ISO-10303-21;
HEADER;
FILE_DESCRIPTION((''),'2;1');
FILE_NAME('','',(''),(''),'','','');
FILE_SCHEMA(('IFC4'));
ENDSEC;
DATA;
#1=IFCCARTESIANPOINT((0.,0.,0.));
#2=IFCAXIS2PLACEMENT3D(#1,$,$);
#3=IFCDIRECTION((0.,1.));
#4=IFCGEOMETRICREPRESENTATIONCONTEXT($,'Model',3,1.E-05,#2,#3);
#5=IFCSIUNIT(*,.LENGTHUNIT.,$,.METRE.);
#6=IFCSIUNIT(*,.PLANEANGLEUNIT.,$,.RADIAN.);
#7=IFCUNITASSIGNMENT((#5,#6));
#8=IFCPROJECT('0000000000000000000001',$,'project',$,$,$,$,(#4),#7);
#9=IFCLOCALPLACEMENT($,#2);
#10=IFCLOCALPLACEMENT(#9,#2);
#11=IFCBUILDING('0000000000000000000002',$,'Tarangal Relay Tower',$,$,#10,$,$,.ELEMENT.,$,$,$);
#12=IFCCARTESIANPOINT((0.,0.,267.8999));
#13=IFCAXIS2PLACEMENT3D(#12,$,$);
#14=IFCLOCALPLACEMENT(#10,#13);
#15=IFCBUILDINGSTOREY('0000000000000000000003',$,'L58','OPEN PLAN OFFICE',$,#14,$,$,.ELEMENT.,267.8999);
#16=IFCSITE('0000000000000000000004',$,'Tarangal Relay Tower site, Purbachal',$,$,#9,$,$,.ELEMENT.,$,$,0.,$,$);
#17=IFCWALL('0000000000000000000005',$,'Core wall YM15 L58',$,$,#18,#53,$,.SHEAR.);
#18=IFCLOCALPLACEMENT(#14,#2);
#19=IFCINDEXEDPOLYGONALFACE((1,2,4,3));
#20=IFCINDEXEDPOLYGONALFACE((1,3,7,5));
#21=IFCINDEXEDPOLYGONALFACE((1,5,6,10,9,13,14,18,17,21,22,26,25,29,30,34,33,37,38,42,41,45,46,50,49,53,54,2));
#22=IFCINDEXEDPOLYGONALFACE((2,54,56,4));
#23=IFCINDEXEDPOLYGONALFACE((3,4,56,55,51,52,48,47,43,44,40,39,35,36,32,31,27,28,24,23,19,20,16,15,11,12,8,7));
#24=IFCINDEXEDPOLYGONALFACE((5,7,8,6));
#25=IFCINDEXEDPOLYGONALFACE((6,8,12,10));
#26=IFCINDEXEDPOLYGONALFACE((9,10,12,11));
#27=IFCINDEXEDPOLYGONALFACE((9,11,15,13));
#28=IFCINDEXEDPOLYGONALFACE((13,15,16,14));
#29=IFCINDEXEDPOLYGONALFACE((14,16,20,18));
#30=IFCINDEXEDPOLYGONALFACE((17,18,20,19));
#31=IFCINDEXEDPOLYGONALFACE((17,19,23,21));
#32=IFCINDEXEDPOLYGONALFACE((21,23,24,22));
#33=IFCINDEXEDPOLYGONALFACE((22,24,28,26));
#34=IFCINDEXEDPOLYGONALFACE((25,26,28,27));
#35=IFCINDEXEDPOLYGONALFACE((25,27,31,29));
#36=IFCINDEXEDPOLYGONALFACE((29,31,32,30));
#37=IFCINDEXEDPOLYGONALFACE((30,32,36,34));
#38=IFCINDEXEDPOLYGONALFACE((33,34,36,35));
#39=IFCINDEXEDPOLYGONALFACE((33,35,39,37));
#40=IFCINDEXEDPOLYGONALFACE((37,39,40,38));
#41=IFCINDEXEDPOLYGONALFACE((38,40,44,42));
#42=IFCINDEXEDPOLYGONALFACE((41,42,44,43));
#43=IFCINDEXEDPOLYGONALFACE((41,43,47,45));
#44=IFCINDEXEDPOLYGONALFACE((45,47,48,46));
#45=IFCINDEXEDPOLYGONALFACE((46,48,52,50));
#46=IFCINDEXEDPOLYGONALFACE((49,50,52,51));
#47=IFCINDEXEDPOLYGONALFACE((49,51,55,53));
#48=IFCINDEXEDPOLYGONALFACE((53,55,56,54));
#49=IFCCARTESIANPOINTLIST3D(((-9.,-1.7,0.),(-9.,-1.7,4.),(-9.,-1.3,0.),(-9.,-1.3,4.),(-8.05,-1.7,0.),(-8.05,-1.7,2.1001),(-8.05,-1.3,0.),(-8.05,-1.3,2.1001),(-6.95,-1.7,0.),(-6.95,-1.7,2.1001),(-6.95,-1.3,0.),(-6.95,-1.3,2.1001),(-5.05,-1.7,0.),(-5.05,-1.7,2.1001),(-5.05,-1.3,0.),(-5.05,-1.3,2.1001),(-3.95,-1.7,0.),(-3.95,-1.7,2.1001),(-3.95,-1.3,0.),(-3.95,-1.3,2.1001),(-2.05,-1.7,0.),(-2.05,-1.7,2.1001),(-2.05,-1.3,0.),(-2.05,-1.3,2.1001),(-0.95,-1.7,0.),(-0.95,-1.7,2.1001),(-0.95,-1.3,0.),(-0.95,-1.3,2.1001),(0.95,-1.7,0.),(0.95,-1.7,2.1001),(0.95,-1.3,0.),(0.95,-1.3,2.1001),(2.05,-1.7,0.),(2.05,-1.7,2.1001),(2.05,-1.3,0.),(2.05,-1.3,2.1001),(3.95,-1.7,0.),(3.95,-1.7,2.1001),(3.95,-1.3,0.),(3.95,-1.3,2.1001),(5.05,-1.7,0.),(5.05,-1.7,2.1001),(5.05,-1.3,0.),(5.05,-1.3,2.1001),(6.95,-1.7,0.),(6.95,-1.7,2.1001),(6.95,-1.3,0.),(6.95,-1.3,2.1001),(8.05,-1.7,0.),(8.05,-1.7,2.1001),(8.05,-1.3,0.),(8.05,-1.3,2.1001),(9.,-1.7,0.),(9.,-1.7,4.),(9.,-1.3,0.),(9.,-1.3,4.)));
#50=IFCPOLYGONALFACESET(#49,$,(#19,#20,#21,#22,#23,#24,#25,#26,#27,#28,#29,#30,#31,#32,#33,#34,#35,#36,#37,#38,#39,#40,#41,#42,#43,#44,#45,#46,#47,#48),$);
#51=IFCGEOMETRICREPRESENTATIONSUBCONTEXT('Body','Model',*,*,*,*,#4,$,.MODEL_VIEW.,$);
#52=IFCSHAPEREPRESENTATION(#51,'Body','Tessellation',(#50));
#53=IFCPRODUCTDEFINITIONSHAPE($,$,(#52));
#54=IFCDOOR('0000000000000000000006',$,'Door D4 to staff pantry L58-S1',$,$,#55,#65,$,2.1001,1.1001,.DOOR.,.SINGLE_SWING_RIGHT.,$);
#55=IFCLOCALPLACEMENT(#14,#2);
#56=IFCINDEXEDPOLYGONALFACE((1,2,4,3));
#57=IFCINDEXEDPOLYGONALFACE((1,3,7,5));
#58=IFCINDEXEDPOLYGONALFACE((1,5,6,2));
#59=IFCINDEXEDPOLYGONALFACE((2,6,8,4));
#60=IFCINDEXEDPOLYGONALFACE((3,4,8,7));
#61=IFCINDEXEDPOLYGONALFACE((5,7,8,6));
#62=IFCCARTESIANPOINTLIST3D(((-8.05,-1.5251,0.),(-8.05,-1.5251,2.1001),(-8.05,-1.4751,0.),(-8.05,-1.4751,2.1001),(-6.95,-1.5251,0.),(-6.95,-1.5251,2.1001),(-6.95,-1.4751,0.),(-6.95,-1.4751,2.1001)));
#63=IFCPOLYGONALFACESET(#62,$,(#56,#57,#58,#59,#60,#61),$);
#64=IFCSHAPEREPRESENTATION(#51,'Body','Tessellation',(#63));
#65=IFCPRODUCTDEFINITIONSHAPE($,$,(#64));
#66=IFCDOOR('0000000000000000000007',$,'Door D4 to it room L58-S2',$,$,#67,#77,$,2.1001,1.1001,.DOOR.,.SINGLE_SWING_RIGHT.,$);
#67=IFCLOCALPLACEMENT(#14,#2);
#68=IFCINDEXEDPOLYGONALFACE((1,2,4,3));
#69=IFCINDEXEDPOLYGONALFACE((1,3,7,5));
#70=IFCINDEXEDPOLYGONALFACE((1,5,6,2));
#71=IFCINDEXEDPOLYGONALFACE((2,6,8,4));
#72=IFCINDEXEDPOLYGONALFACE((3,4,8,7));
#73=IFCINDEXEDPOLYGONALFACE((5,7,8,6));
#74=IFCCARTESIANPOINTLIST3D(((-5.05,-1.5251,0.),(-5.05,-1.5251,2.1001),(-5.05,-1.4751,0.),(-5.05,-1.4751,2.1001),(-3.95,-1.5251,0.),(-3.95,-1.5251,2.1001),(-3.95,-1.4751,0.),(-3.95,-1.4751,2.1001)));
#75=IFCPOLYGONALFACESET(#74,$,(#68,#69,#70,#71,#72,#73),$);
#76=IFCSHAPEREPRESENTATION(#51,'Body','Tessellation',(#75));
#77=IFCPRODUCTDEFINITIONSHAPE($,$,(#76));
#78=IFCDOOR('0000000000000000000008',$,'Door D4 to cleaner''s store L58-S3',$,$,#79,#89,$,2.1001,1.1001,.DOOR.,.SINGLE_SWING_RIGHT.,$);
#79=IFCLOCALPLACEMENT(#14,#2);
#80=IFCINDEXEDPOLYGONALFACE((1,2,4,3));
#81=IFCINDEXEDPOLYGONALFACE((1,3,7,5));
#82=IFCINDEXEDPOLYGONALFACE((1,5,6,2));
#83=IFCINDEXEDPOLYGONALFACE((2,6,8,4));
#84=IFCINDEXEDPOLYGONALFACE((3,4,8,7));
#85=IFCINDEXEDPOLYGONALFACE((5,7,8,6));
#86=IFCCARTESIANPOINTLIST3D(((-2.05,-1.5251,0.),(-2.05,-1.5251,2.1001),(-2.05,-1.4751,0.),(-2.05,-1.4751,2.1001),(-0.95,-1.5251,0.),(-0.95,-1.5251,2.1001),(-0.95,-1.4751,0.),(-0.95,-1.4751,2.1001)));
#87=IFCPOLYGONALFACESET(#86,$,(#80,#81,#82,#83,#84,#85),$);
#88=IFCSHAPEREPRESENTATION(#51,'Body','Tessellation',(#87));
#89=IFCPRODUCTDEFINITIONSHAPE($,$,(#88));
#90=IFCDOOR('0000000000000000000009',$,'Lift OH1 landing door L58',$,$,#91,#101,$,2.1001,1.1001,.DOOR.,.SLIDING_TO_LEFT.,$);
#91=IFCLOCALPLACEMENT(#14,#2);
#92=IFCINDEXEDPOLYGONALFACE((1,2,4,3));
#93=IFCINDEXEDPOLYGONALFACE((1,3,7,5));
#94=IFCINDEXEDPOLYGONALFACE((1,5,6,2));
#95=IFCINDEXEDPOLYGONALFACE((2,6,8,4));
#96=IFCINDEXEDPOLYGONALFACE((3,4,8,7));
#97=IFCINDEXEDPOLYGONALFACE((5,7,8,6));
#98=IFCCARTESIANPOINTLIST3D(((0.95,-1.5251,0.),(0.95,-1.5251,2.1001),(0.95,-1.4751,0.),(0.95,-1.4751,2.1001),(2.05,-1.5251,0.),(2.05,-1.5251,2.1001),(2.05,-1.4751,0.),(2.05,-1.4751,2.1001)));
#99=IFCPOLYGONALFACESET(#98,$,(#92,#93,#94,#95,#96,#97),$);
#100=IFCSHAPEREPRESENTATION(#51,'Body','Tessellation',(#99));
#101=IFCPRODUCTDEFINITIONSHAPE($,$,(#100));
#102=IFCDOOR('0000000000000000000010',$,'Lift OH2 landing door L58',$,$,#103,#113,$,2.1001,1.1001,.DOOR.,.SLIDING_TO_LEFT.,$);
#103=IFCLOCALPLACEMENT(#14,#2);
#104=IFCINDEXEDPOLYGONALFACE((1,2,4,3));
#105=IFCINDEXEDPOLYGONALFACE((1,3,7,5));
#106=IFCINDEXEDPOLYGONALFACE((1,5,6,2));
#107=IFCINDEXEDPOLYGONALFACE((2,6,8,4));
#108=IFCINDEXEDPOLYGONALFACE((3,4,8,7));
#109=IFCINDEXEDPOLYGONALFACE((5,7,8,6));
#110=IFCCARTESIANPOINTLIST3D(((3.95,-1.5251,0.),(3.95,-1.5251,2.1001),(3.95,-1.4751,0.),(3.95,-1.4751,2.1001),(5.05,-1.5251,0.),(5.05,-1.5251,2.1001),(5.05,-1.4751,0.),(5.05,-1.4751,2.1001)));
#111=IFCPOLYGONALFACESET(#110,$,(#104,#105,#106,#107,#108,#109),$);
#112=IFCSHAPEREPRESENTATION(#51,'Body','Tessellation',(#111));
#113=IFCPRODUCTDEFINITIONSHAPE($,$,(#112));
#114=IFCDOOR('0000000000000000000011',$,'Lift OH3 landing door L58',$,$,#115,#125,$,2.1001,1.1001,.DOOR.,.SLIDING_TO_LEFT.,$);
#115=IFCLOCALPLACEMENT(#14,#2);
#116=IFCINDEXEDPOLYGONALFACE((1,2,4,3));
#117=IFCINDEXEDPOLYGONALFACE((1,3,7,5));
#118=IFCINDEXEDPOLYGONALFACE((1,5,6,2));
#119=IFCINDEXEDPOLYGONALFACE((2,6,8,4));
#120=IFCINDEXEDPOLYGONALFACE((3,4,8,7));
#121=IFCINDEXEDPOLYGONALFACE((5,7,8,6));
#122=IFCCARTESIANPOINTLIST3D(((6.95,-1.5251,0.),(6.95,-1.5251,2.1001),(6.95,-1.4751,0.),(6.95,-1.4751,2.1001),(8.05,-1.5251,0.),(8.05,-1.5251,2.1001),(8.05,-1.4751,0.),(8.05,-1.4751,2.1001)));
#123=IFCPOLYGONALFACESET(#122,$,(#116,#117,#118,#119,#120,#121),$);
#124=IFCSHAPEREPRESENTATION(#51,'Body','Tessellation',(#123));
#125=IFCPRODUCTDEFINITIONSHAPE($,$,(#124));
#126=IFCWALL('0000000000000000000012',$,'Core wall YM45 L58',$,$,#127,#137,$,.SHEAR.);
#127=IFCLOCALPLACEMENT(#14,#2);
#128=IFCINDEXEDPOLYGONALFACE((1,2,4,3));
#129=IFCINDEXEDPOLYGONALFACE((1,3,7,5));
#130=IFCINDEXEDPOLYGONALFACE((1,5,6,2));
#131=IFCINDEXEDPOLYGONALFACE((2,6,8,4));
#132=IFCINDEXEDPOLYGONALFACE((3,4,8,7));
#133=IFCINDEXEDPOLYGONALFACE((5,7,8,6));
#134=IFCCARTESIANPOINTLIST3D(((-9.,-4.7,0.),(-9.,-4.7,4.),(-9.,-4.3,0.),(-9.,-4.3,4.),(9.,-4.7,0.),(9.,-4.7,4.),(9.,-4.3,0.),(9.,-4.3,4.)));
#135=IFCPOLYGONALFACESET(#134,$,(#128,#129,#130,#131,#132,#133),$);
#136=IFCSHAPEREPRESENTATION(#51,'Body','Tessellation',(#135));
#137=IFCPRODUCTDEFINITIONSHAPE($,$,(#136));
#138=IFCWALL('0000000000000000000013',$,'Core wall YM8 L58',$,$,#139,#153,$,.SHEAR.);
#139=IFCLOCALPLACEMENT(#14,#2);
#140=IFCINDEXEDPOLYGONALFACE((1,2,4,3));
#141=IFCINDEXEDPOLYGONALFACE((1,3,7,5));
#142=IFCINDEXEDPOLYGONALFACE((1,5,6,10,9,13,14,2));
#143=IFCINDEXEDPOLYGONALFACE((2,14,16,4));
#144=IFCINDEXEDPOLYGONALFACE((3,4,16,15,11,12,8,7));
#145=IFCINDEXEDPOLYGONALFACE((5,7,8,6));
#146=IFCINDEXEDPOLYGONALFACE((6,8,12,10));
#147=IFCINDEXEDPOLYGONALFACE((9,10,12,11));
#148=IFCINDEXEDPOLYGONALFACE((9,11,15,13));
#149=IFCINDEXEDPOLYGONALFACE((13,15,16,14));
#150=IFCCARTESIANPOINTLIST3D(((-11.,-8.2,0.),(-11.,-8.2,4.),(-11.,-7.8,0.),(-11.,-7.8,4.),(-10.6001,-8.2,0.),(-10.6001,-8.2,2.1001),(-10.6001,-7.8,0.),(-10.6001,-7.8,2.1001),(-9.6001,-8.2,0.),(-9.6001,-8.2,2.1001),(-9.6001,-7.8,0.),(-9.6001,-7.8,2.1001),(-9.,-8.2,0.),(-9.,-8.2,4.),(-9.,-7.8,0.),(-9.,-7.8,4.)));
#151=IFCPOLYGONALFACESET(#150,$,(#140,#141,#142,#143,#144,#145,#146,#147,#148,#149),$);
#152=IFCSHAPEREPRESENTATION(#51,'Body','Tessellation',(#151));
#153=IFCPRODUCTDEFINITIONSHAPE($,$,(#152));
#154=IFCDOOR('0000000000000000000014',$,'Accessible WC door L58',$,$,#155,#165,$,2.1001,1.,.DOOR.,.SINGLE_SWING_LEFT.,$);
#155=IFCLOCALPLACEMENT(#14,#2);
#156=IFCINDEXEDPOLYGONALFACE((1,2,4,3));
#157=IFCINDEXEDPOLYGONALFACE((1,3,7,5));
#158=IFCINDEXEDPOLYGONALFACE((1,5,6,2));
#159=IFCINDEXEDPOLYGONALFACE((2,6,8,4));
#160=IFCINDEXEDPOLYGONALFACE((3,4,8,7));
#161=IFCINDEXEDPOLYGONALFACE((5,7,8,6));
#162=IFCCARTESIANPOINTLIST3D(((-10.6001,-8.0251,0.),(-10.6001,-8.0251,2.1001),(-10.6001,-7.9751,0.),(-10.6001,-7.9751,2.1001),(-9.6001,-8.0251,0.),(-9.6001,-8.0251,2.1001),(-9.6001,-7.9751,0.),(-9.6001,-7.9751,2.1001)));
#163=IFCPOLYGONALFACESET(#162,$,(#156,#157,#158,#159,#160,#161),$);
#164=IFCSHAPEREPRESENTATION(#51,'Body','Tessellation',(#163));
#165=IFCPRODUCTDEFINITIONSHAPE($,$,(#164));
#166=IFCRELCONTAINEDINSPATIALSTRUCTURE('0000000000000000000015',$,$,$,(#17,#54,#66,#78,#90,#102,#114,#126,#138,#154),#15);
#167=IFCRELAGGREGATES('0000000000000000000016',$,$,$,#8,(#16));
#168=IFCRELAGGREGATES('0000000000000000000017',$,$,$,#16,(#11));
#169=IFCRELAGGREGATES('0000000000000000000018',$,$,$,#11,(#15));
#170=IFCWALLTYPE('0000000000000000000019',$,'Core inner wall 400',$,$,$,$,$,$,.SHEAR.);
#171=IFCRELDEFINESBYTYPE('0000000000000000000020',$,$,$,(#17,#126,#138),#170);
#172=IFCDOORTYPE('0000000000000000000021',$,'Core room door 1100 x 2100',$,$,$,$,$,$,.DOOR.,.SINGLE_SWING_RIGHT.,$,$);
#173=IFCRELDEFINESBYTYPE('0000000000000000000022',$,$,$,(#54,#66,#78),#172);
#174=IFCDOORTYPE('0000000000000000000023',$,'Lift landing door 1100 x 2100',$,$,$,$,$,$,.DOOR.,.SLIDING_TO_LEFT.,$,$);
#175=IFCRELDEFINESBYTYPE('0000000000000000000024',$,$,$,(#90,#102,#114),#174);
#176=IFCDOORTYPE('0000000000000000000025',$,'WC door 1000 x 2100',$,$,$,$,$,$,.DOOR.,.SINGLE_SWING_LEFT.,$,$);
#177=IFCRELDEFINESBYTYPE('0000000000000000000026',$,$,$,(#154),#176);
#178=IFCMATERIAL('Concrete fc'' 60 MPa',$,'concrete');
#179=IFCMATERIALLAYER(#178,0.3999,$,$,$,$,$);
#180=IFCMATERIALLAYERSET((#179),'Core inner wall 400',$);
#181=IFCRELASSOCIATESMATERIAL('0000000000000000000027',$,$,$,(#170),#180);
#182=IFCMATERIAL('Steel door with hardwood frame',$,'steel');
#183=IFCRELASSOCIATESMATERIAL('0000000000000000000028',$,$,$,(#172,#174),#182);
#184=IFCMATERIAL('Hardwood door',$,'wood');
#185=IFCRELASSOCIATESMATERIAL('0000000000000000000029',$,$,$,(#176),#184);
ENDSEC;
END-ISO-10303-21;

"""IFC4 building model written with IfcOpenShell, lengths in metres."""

from ifc_helpers import new_model, si_unit, direction, frame, frame_2d, origin, place, context, subcontext, project, spatial, rectangle, extrude, material, layer, layer_set, type_object, element, fill, save


model = new_model("IFC4")

# Units and contexts
model_context = context("Model", 3, precision=1e-05, world=origin(), true_north=direction((0.0, 1.0)))
body_context = subcontext(model_context, "Body", "Model", "MODEL_VIEW")
ifc_project = project(units=[si_unit("LENGTHUNIT", "METRE"), si_unit("PLANEANGLEUNIT", "RADIAN")], contexts=[model_context])

# Site, building, storey
site_placement = place(None, origin())
site = spatial("IfcSite", under=ifc_project, at=site_placement, Name="Tarangal Relay Tower site, Purbachal", CompositionType="ELEMENT", RefElevation=0.0)
building_placement = place(site_placement, origin())
building = spatial("IfcBuilding", under=site, at=building_placement, Name="Tarangal Relay Tower", CompositionType="ELEMENT")
storey_placement = place(building_placement, frame((0.0, 0.0, 267.8999)))
storey = spatial("IfcBuildingStorey", under=building, at=storey_placement, Name="L58", Description="OPEN PLAN OFFICE", CompositionType="ELEMENT", Elevation=267.8999)

# Wall, openings, doors
ifc_material_1 = material(Name="Concrete fc' 60 MPa", Category="concrete")
ifc_layer_1 = layer(ifc_material_1, 0.3999)
ifc_layer_set_1 = layer_set([ifc_layer_1], Name="Core inner wall 400")
wall_type_1 = type_object("IfcWallType", Name="Core inner wall 400", PredefinedType="SHEAR", material=ifc_layer_set_1)
wall_1_placement = place(storey_placement, frame((-9.0, -1.5, 0.0), z_axis=(0.0, 0.0, 1.0), x_axis=(1.0, 0.0, 0.0)))
wall_1 = element("IfcWall", 1, at=wall_1_placement, inside=storey, type_object=wall_type_1, Name="Core wall YM15 L58", PredefinedType="SHEAR", context=body_context, shape_type="SweptSolid", body=[
    extrude(rectangle(XDim=18.0, YDim=0.3999, at=frame_2d((9.0, 0.0))), origin(), (0.0, 0.0, 1.0), 4.0),
])
opening_1_placement = place(wall_1_placement, frame((9.95, 0.0, 0.0)))
opening_1 = element("IfcOpeningElement", 2, at=opening_1_placement, cuts=wall_1, PredefinedType="OPENING", context=body_context, shape_type="SweptSolid", body=[
    extrude(rectangle(XDim=1.1001, YDim=2.1001, at=frame_2d((0.55, 1.05))), frame((0.0, 0.21, 0.0), z_axis=(0.0, -1.0, 0.0), x_axis=(1.0, 0.0, 0.0)), (0.0, 0.0, 1.0), 0.4199),
])
opening_2_placement = place(wall_1_placement, frame((12.95, 0.0, 0.0)))
opening_2 = element("IfcOpeningElement", 3, at=opening_2_placement, cuts=wall_1, PredefinedType="OPENING", context=body_context, shape_type="SweptSolid", body=[
    extrude(rectangle(XDim=1.1001, YDim=2.1001, at=frame_2d((0.55, 1.05))), frame((0.0, 0.21, 0.0), z_axis=(0.0, -1.0, 0.0), x_axis=(1.0, 0.0, 0.0)), (0.0, 0.0, 1.0), 0.4199),
])
opening_3_placement = place(wall_1_placement, frame((15.95, 0.0, 0.0)))
opening_3 = element("IfcOpeningElement", 4, at=opening_3_placement, cuts=wall_1, PredefinedType="OPENING", context=body_context, shape_type="SweptSolid", body=[
    extrude(rectangle(XDim=1.1001, YDim=2.1001, at=frame_2d((0.55, 1.05))), frame((0.0, 0.21, 0.0), z_axis=(0.0, -1.0, 0.0), x_axis=(1.0, 0.0, 0.0)), (0.0, 0.0, 1.0), 0.4199),
])
opening_4_placement = place(wall_1_placement, frame((0.95, 0.0, 0.0)))
opening_4 = element("IfcOpeningElement", 5, at=opening_4_placement, cuts=wall_1, PredefinedType="OPENING", context=body_context, shape_type="SweptSolid", body=[
    extrude(rectangle(XDim=1.1001, YDim=2.1001, at=frame_2d((0.55, 1.05))), frame((0.0, 0.21, 0.0), z_axis=(0.0, -1.0, 0.0), x_axis=(1.0, 0.0, 0.0)), (0.0, 0.0, 1.0), 0.4199),
])
opening_5_placement = place(wall_1_placement, frame((3.95, 0.0, 0.0)))
opening_5 = element("IfcOpeningElement", 6, at=opening_5_placement, cuts=wall_1, PredefinedType="OPENING", context=body_context, shape_type="SweptSolid", body=[
    extrude(rectangle(XDim=1.1001, YDim=2.1001, at=frame_2d((0.55, 1.05))), frame((0.0, 0.21, 0.0), z_axis=(0.0, -1.0, 0.0), x_axis=(1.0, 0.0, 0.0)), (0.0, 0.0, 1.0), 0.4199),
])
opening_6_placement = place(wall_1_placement, frame((6.95, 0.0, 0.0)))
opening_6 = element("IfcOpeningElement", 7, at=opening_6_placement, cuts=wall_1, PredefinedType="OPENING", context=body_context, shape_type="SweptSolid", body=[
    extrude(rectangle(XDim=1.1001, YDim=2.1001, at=frame_2d((0.55, 1.05))), frame((0.0, 0.21, 0.0), z_axis=(0.0, -1.0, 0.0), x_axis=(1.0, 0.0, 0.0)), (0.0, 0.0, 1.0), 0.4199),
])
ifc_material_2 = material(Name="Steel door with hardwood frame", Category="steel")
door_type_1 = type_object("IfcDoorType", Name="Core room door 1100 x 2100", OperationType="SINGLE_SWING_RIGHT", PredefinedType="DOOR", material=ifc_material_2)
door_1_placement = place(opening_4_placement, origin())
door_1 = element("IfcDoor", 8, at=door_1_placement, inside=storey, type_object=door_type_1, Name="Door D4 to staff pantry L58-S1", OperationType="SINGLE_SWING_RIGHT", OverallHeight=2.1001, OverallWidth=1.1001, PredefinedType="DOOR", context=body_context, shape_type="SweptSolid", body=[
    extrude(rectangle(XDim=1.1001, YDim=2.1001, at=frame_2d((0.55, 1.05))), frame((0.0, 0.0249, 0.0), z_axis=(0.0, -1.0, 0.0), x_axis=(1.0, 0.0, 0.0)), (0.0, 0.0, 1.0), 0.05),
])
fill(opening_4, door_1)
door_2_placement = place(opening_5_placement, origin())
door_2 = element("IfcDoor", 9, at=door_2_placement, inside=storey, type_object=door_type_1, Name="Door D4 to it room L58-S2", OperationType="SINGLE_SWING_RIGHT", OverallHeight=2.1001, OverallWidth=1.1001, PredefinedType="DOOR", context=body_context, shape_type="SweptSolid", body=[
    extrude(rectangle(XDim=1.1001, YDim=2.1001, at=frame_2d((0.55, 1.05))), frame((0.0, 0.0249, 0.0), z_axis=(0.0, -1.0, 0.0), x_axis=(1.0, 0.0, 0.0)), (0.0, 0.0, 1.0), 0.05),
])
fill(opening_5, door_2)
door_3_placement = place(opening_6_placement, origin())
door_3 = element("IfcDoor", 10, at=door_3_placement, inside=storey, type_object=door_type_1, Name="Door D4 to cleaner's store L58-S3", OperationType="SINGLE_SWING_RIGHT", OverallHeight=2.1001, OverallWidth=1.1001, PredefinedType="DOOR", context=body_context, shape_type="SweptSolid", body=[
    extrude(rectangle(XDim=1.1001, YDim=2.1001, at=frame_2d((0.55, 1.05))), frame((0.0, 0.0249, 0.0), z_axis=(0.0, -1.0, 0.0), x_axis=(1.0, 0.0, 0.0)), (0.0, 0.0, 1.0), 0.05),
])
fill(opening_6, door_3)
door_type_2 = type_object("IfcDoorType", Name="Lift landing door 1100 x 2100", OperationType="SLIDING_TO_LEFT", PredefinedType="DOOR", material=ifc_material_2)
door_4_placement = place(opening_1_placement, origin())
door_4 = element("IfcDoor", 11, at=door_4_placement, inside=storey, type_object=door_type_2, Name="Lift OH1 landing door L58", OperationType="SLIDING_TO_LEFT", OverallHeight=2.1001, OverallWidth=1.1001, PredefinedType="DOOR", context=body_context, shape_type="SweptSolid", body=[
    extrude(rectangle(XDim=1.1001, YDim=2.1001, at=frame_2d((0.55, 1.05))), frame((0.0, 0.0249, 0.0), z_axis=(0.0, -1.0, 0.0), x_axis=(1.0, 0.0, 0.0)), (0.0, 0.0, 1.0), 0.05),
])
fill(opening_1, door_4)
door_5_placement = place(opening_2_placement, origin())
door_5 = element("IfcDoor", 12, at=door_5_placement, inside=storey, type_object=door_type_2, Name="Lift OH2 landing door L58", OperationType="SLIDING_TO_LEFT", OverallHeight=2.1001, OverallWidth=1.1001, PredefinedType="DOOR", context=body_context, shape_type="SweptSolid", body=[
    extrude(rectangle(XDim=1.1001, YDim=2.1001, at=frame_2d((0.55, 1.05))), frame((0.0, 0.0249, 0.0), z_axis=(0.0, -1.0, 0.0), x_axis=(1.0, 0.0, 0.0)), (0.0, 0.0, 1.0), 0.05),
])
fill(opening_2, door_5)
door_6_placement = place(opening_3_placement, origin())
door_6 = element("IfcDoor", 13, at=door_6_placement, inside=storey, type_object=door_type_2, Name="Lift OH3 landing door L58", OperationType="SLIDING_TO_LEFT", OverallHeight=2.1001, OverallWidth=1.1001, PredefinedType="DOOR", context=body_context, shape_type="SweptSolid", body=[
    extrude(rectangle(XDim=1.1001, YDim=2.1001, at=frame_2d((0.55, 1.05))), frame((0.0, 0.0249, 0.0), z_axis=(0.0, -1.0, 0.0), x_axis=(1.0, 0.0, 0.0)), (0.0, 0.0, 1.0), 0.05),
])
fill(opening_3, door_6)

# Wall
wall_2_placement = place(storey_placement, frame((-9.0, -4.5, 0.0), z_axis=(0.0, 0.0, 1.0), x_axis=(1.0, 0.0, 0.0)))
element("IfcWall", 14, at=wall_2_placement, inside=storey, type_object=wall_type_1, Name="Core wall YM45 L58", PredefinedType="SHEAR", context=body_context, shape_type="SweptSolid", body=[
    extrude(rectangle(XDim=18.0, YDim=0.3999, at=frame_2d((9.0, 0.0))), origin(), (0.0, 0.0, 1.0), 4.0),
])

# Wall, opening, door
wall_3_placement = place(storey_placement, frame((-11.0, -8.0, 0.0), z_axis=(0.0, 0.0, 1.0), x_axis=(1.0, 0.0, 0.0)))
wall_3 = element("IfcWall", 15, at=wall_3_placement, inside=storey, type_object=wall_type_1, Name="Core wall YM8 L58", PredefinedType="SHEAR", context=body_context, shape_type="SweptSolid", body=[
    extrude(rectangle(XDim=2.0, YDim=0.3999, at=frame_2d((1.0, 0.0))), origin(), (0.0, 0.0, 1.0), 4.0),
])
opening_7_placement = place(wall_3_placement, frame((0.3999, 0.0, 0.0)))
opening_7 = element("IfcOpeningElement", 16, at=opening_7_placement, cuts=wall_3, PredefinedType="OPENING", context=body_context, shape_type="SweptSolid", body=[
    extrude(rectangle(XDim=1.0, YDim=2.1001, at=frame_2d((0.5, 1.05))), frame((0.0, 0.21, 0.0), z_axis=(0.0, -1.0, 0.0), x_axis=(1.0, 0.0, 0.0)), (0.0, 0.0, 1.0), 0.4199),
])
ifc_material_3 = material(Name="Hardwood door", Category="wood")
door_type_3 = type_object("IfcDoorType", Name="WC door 1000 x 2100", OperationType="SINGLE_SWING_LEFT", PredefinedType="DOOR", material=ifc_material_3)
door_7_placement = place(opening_7_placement, origin())
door_7 = element("IfcDoor", 17, at=door_7_placement, inside=storey, type_object=door_type_3, Name="Accessible WC door L58", OperationType="SINGLE_SWING_LEFT", OverallHeight=2.1001, OverallWidth=1.0, PredefinedType="DOOR", context=body_context, shape_type="SweptSolid", body=[
    extrude(rectangle(XDim=1.0, YDim=2.1001, at=frame_2d((0.5, 1.05))), frame((0.0, 0.0249, 0.0), z_axis=(0.0, -1.0, 0.0), x_axis=(1.0, 0.0, 0.0)), (0.0, 0.0, 1.0), 0.05),
])
fill(opening_7, door_7)

save(model, "model.ifc")
